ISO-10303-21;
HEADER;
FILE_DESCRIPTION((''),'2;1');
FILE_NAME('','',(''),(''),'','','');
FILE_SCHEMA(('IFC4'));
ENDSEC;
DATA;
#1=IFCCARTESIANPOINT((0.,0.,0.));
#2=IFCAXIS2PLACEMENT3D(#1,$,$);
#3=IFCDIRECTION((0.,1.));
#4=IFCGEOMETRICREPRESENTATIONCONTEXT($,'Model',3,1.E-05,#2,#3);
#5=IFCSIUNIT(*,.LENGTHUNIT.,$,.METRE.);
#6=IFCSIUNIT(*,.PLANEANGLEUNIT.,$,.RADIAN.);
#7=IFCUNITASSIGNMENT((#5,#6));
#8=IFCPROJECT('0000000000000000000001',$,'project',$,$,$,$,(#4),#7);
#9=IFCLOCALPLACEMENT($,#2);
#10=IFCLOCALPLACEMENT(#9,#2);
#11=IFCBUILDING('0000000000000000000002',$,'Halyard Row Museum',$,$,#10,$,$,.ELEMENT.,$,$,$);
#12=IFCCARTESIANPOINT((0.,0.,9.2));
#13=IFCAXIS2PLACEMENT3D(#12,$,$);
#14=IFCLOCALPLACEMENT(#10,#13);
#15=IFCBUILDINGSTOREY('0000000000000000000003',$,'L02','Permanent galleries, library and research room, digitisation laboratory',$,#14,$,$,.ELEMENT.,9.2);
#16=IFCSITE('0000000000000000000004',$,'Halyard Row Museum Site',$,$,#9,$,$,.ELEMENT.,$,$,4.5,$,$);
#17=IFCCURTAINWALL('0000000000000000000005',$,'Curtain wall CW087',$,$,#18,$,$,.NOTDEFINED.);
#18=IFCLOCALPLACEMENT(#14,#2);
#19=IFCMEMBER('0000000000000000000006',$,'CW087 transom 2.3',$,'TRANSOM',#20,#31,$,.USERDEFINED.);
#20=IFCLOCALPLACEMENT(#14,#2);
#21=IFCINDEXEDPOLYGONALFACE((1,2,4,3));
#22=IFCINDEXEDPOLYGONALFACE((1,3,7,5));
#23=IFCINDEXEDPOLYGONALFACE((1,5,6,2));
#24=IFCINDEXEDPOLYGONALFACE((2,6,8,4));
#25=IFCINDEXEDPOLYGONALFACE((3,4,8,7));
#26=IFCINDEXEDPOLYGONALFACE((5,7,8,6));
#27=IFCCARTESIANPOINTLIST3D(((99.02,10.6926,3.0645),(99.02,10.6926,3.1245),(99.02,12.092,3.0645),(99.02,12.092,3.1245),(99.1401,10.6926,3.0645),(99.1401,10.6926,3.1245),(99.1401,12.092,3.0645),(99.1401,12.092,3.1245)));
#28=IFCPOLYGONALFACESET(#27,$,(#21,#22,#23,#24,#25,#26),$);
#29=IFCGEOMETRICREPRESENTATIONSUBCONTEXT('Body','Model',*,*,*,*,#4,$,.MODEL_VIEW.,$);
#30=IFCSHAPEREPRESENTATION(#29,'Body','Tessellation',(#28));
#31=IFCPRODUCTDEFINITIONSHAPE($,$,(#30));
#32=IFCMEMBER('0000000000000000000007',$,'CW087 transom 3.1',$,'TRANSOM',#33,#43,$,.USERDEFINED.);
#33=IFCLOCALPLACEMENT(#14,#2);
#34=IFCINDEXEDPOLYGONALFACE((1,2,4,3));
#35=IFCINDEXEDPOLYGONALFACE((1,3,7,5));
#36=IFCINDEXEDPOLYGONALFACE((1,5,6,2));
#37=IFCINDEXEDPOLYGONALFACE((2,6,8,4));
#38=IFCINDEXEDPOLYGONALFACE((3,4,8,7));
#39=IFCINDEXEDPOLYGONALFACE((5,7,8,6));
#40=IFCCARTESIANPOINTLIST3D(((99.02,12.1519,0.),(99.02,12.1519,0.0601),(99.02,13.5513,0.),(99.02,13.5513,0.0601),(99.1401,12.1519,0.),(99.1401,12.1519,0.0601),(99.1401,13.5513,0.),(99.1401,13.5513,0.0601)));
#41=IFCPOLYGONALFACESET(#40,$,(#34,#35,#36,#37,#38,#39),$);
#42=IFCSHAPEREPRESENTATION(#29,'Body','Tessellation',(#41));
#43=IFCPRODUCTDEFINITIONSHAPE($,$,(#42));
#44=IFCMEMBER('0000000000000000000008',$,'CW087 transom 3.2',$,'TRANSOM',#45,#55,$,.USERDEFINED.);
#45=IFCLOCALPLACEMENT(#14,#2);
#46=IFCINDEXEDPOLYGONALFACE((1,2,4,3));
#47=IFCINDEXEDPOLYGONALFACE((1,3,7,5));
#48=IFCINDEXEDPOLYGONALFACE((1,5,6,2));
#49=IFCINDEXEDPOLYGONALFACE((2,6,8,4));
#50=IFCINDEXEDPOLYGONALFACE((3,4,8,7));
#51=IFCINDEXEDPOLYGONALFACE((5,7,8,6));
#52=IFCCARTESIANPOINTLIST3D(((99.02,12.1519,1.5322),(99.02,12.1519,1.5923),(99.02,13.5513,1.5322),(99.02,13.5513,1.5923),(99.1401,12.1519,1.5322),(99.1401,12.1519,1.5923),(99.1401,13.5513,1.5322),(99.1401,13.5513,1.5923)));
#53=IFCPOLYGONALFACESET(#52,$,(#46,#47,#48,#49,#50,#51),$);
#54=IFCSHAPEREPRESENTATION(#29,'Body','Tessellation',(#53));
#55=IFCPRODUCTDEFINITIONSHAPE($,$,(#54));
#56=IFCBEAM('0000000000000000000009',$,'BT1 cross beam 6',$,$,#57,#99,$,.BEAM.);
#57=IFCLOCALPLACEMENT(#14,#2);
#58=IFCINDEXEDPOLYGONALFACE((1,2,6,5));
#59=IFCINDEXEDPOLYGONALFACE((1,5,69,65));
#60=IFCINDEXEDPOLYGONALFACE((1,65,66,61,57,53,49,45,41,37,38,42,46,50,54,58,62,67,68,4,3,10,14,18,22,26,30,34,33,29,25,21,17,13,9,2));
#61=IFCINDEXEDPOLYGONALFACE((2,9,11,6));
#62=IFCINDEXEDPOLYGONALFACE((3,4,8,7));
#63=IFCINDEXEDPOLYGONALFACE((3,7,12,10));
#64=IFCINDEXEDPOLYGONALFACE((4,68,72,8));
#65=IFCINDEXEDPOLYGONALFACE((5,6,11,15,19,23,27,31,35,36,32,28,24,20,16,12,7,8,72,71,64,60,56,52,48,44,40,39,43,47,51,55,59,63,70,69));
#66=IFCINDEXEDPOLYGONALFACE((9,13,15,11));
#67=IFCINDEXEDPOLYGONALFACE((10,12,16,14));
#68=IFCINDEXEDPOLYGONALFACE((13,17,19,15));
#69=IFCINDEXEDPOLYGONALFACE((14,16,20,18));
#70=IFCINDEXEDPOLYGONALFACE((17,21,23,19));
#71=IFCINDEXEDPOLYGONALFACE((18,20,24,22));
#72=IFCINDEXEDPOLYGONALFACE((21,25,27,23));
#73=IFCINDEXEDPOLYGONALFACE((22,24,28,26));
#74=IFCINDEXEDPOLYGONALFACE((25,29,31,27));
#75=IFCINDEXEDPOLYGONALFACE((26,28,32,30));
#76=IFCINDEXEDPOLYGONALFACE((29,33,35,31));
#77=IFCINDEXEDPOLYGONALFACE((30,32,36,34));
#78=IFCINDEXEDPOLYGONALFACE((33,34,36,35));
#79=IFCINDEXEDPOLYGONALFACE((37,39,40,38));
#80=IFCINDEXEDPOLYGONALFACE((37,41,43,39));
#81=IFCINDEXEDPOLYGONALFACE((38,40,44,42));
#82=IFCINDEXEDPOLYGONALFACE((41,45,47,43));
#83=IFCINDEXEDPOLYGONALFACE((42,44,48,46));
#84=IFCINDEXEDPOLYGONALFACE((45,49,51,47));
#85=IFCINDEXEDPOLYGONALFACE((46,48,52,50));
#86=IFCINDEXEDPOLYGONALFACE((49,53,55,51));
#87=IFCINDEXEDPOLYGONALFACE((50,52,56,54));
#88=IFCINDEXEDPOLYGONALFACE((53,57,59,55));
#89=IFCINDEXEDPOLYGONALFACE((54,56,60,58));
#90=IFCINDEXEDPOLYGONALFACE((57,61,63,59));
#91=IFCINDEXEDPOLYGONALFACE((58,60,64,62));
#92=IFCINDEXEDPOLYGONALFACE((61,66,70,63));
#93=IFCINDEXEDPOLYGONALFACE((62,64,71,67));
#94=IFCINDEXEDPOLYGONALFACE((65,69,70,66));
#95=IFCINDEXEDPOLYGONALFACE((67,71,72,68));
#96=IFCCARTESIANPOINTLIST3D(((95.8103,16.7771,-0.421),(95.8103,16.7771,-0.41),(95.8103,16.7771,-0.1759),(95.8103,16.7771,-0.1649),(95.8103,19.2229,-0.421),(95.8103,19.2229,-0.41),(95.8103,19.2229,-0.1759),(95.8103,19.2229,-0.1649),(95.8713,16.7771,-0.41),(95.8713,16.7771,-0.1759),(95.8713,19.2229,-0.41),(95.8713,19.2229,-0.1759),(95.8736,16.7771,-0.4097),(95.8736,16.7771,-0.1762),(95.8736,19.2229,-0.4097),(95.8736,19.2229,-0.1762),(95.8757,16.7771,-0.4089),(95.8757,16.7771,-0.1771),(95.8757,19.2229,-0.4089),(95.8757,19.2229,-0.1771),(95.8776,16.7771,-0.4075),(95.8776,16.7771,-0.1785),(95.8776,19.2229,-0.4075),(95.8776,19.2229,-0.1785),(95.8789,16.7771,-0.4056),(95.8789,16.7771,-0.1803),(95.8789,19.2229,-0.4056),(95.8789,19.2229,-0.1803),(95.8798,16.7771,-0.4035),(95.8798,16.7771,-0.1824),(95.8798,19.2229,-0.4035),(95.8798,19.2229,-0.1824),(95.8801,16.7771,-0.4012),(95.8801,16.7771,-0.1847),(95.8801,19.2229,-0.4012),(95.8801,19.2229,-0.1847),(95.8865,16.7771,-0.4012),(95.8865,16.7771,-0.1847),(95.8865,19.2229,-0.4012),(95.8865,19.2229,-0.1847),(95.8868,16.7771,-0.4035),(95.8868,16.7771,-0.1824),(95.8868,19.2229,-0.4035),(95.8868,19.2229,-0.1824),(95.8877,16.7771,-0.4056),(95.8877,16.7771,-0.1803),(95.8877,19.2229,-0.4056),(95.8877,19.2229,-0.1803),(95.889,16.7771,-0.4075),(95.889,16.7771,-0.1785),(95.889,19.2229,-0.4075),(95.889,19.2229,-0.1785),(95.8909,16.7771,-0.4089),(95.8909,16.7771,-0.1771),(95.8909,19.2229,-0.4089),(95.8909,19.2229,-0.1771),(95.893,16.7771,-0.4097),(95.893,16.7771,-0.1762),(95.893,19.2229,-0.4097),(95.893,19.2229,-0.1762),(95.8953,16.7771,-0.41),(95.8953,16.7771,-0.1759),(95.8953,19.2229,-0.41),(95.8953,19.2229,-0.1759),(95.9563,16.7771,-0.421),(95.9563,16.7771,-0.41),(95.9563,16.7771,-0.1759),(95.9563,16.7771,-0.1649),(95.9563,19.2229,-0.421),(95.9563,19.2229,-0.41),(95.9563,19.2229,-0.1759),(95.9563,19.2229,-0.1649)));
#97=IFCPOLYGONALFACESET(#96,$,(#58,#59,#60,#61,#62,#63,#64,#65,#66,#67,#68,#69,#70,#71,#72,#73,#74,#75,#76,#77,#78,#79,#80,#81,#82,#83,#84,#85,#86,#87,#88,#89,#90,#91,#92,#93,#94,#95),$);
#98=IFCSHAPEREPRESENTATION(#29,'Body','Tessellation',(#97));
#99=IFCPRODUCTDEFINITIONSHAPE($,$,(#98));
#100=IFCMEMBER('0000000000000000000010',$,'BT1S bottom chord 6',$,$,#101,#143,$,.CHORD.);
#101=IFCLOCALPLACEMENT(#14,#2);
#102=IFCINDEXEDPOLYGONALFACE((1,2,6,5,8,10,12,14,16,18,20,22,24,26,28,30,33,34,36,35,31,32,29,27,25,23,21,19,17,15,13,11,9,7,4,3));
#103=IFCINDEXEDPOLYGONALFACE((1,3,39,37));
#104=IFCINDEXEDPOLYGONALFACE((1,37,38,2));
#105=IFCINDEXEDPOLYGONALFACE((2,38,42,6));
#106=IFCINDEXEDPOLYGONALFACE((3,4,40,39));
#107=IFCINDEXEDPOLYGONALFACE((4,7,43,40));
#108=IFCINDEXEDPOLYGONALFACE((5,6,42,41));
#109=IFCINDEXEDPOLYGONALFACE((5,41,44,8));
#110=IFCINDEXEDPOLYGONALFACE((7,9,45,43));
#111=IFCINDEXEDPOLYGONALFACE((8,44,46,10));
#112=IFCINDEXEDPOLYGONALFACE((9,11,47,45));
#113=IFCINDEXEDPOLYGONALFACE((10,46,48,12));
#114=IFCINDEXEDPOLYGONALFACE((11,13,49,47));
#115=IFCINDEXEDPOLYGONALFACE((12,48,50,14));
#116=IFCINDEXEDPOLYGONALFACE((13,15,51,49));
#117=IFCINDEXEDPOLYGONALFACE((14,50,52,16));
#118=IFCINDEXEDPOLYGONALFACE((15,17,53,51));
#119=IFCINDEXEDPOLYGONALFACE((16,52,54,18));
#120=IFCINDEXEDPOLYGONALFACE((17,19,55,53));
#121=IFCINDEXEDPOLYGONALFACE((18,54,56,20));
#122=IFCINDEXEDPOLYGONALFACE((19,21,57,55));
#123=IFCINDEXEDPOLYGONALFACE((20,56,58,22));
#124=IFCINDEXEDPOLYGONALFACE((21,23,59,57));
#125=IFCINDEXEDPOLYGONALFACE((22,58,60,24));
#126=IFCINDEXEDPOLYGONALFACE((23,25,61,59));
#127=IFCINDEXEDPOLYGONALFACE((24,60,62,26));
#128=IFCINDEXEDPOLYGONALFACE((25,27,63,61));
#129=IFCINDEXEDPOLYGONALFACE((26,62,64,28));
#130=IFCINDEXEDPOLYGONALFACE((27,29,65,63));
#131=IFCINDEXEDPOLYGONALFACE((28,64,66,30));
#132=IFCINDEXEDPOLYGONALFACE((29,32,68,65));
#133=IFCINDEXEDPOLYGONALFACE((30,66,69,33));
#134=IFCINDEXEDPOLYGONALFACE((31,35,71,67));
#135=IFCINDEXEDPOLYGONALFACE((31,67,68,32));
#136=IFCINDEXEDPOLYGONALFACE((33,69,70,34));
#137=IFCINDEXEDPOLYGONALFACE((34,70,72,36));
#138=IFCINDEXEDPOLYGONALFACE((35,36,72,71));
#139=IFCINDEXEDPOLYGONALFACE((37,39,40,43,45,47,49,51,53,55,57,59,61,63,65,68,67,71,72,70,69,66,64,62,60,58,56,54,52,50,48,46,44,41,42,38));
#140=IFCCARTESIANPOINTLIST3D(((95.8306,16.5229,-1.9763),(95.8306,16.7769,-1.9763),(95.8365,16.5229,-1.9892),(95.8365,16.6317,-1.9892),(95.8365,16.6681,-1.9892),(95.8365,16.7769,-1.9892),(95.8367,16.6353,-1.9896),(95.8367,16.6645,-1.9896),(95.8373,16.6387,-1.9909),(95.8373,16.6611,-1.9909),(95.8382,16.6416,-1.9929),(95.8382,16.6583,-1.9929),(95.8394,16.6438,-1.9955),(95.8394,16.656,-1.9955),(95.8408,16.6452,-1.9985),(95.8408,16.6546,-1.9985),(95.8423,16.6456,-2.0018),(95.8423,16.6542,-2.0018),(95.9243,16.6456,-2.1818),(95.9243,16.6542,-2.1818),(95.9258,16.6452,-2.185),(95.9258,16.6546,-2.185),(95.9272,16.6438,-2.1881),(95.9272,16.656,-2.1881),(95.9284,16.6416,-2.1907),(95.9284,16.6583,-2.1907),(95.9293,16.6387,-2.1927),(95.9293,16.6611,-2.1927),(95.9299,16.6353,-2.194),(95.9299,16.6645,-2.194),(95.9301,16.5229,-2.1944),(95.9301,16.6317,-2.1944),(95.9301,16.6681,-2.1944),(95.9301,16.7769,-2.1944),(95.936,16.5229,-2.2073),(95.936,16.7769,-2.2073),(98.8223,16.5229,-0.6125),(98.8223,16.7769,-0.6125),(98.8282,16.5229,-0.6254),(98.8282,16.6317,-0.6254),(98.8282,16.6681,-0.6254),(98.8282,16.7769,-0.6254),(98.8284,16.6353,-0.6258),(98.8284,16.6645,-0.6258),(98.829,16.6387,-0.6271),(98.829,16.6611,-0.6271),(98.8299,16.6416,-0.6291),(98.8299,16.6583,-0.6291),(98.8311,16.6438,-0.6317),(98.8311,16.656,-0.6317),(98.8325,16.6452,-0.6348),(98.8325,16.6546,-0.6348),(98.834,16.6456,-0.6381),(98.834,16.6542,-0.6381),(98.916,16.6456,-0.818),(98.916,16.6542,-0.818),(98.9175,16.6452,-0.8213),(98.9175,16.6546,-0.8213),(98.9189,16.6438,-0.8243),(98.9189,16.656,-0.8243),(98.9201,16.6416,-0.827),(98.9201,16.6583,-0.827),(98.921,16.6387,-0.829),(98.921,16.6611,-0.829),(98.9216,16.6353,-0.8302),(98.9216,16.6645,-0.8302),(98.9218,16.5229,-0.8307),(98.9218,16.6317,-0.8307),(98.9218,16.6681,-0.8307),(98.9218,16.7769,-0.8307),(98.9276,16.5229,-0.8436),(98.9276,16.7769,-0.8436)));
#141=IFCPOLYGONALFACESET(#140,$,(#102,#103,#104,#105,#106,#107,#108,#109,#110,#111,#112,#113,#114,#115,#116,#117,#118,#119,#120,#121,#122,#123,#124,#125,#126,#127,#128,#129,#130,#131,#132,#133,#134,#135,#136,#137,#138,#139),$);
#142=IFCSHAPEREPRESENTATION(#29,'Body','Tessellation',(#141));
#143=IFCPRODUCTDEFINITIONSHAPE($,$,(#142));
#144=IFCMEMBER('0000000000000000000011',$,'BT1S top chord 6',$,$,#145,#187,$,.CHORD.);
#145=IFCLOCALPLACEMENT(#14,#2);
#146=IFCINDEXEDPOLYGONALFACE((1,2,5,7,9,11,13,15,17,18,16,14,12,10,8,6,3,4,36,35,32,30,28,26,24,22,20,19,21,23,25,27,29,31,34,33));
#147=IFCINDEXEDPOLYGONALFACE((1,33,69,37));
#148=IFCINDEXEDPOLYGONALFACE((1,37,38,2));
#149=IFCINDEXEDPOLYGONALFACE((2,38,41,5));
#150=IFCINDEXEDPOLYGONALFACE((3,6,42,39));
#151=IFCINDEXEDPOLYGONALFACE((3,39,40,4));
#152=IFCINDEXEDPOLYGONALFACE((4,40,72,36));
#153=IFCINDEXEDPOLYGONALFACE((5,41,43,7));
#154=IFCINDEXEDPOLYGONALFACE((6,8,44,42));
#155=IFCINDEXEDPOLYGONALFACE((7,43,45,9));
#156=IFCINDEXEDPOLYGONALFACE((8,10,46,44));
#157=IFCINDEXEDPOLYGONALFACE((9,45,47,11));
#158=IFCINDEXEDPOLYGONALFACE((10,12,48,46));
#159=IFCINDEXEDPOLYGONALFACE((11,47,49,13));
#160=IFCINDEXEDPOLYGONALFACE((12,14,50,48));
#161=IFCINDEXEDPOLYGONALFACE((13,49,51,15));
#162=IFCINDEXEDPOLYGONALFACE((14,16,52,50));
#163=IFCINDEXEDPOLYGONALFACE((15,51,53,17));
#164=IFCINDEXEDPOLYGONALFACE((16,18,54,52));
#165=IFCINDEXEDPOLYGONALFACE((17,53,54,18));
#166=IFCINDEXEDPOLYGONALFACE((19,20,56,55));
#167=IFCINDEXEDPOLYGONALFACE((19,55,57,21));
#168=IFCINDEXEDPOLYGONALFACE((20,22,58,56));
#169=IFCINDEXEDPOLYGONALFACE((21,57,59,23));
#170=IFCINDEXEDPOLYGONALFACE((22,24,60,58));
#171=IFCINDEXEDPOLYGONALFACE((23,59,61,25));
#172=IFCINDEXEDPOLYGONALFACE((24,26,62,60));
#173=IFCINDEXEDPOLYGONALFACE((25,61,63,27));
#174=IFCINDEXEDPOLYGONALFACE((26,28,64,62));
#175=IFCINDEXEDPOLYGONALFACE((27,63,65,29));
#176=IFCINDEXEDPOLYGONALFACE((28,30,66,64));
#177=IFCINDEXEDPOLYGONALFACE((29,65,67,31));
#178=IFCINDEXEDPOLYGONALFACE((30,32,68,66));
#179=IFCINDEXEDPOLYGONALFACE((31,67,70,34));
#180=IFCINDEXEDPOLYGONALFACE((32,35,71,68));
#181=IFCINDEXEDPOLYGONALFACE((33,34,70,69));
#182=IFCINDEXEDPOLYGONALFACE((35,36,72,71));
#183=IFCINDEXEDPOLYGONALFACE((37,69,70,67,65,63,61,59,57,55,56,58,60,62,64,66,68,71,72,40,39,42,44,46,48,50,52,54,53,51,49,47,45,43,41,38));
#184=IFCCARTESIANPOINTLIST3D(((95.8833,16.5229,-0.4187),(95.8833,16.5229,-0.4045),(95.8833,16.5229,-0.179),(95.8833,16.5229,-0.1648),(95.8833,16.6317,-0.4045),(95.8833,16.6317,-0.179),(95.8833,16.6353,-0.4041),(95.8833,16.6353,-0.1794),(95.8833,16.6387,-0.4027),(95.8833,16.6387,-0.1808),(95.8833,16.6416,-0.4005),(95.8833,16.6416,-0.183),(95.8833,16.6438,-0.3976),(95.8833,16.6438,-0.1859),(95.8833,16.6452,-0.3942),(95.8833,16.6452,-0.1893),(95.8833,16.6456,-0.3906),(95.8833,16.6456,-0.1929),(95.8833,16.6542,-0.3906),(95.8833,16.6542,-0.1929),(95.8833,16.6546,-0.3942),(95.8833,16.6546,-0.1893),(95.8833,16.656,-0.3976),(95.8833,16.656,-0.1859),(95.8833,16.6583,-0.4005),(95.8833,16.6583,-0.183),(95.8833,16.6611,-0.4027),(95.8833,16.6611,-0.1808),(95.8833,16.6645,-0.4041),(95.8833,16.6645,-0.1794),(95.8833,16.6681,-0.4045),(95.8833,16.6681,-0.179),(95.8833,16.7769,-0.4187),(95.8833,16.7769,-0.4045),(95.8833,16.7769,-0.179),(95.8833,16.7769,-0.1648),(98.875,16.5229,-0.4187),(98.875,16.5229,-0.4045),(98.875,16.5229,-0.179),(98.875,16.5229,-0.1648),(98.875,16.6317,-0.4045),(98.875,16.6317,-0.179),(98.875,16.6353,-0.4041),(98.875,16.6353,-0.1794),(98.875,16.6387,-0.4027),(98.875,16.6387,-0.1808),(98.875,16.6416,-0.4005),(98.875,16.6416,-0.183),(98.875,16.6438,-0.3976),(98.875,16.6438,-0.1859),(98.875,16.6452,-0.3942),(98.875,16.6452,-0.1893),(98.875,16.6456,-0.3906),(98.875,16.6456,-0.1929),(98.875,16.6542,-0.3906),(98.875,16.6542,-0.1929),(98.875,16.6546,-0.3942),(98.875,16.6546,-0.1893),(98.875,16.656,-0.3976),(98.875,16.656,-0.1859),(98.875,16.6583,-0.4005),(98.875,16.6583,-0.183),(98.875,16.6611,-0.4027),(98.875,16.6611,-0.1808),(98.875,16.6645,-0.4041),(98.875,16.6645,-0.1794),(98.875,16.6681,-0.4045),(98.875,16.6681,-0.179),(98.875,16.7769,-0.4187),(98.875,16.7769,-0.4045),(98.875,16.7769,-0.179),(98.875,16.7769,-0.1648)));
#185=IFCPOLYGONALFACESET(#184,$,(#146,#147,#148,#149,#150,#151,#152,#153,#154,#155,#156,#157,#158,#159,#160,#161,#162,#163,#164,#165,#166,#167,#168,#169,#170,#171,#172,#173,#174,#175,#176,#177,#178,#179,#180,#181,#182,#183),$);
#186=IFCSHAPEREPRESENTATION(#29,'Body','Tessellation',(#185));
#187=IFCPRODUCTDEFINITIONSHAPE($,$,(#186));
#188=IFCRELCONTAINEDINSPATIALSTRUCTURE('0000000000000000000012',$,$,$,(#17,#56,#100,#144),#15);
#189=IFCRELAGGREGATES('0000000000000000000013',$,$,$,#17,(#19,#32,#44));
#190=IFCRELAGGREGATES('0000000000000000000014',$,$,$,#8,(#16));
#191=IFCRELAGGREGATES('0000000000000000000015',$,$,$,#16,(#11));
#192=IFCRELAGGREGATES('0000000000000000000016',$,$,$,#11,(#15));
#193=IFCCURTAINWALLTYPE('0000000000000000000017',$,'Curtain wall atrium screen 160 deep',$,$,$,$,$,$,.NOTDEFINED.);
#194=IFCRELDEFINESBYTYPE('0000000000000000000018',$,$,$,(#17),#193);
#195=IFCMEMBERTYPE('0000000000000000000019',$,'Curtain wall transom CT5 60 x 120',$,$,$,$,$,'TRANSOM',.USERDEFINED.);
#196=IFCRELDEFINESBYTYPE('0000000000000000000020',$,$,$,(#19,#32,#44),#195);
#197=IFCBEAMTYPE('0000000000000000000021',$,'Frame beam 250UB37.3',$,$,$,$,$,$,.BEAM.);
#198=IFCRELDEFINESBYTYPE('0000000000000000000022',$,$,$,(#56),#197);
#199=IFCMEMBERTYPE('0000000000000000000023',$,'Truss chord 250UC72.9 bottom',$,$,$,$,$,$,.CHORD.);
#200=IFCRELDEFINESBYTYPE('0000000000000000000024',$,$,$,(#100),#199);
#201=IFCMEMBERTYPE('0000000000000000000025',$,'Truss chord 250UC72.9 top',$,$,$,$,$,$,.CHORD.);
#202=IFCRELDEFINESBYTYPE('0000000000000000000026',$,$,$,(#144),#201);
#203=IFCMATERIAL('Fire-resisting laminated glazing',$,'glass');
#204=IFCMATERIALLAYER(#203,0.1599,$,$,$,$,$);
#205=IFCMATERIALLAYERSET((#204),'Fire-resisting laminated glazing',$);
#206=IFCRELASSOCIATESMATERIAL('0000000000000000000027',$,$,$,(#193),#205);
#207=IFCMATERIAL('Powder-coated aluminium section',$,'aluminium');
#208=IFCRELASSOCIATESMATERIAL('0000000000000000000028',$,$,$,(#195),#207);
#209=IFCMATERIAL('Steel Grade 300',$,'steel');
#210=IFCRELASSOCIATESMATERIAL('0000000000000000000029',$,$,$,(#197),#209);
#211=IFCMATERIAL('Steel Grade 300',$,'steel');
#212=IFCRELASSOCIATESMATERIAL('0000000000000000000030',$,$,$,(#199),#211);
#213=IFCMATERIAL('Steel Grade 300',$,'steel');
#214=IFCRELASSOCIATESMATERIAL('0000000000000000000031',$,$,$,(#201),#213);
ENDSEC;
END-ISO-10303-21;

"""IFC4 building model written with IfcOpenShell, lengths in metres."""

from ifc_helpers import new_model, si_unit, direction, frame, origin, origin_2d, place, context, subcontext, project, spatial, rectangle, i_section, extrude, material, layer, layer_set, material_profile, profile_set, type_object, element, aggregate, save


model = new_model("IFC4")

# Units and contexts
model_context = context("Model", 3, precision=1e-05, world=origin(), true_north=direction((0.0, 1.0)))
body_context = subcontext(model_context, "Body", "Model", "MODEL_VIEW")
ifc_project = project(units=[si_unit("LENGTHUNIT", "METRE"), si_unit("PLANEANGLEUNIT", "RADIAN")], contexts=[model_context])

# Site, building, storey
site_placement = place(None, origin())
site = spatial("IfcSite", under=ifc_project, at=site_placement, Name="Halyard Row Museum Site", CompositionType="ELEMENT", RefElevation=4.5)
building_placement = place(site_placement, origin())
building = spatial("IfcBuilding", under=site, at=building_placement, Name="Halyard Row Museum", CompositionType="ELEMENT")
storey_placement = place(building_placement, frame((0.0, 0.0, 9.2)))
storey = spatial("IfcBuildingStorey", under=building, at=storey_placement, Name="L02", Description="Permanent galleries, library and research room, digitisation laboratory", CompositionType="ELEMENT", Elevation=9.2)

# Curtain wall, members
ifc_material_1 = material(Name="Fire-resisting laminated glazing", Category="glass")
ifc_layer_1 = layer(ifc_material_1, 0.1599)
ifc_layer_set_1 = layer_set([ifc_layer_1], Name="Fire-resisting laminated glazing")
curtain_wall_type = type_object("IfcCurtainWallType", Name="Curtain wall atrium screen 160 deep", PredefinedType="NOTDEFINED", material=ifc_layer_set_1)
curtain_wall_placement = place(storey_placement, origin())
curtain_wall = element("IfcCurtainWall", 1, at=curtain_wall_placement, inside=storey, type_object=curtain_wall_type, Name="Curtain wall CW087", PredefinedType="NOTDEFINED")
ifc_material_2 = material(Name="Powder-coated aluminium section", Category="aluminium")
ifc_material_profile_1 = material_profile(ifc_material_2, rectangle(XDim=0.1201, YDim=0.0601, at=origin_2d()), Name="120x60 transom")
ifc_profile_set_1 = profile_set([ifc_material_profile_1], Name="Powder-coated aluminium section")
member_type_1 = type_object("IfcMemberType", Name="Curtain wall transom CT5 60 x 120", ElementType="TRANSOM", PredefinedType="USERDEFINED", material=ifc_profile_set_1)
member_1_placement = place(storey_placement, frame((99.0801, 10.6926, 3.0945), z_axis=(0.0, 1.0, 0.0), x_axis=(-1.0, 0.0, 0.0)))
member_1 = element("IfcMember", 2, at=member_1_placement, type_object=member_type_1, Name="CW087 transom 2.3", ObjectType="TRANSOM", PredefinedType="USERDEFINED", context=body_context, shape_type="SweptSolid", body=[
    extrude(rectangle(XDim=0.1201, YDim=0.0601, at=origin_2d()), origin(), (0.0, 0.0, 1.0), 1.3994),
])
member_2_placement = place(storey_placement, frame((99.0801, 12.1519, 0.03), z_axis=(0.0, 1.0, 0.0), x_axis=(-1.0, 0.0, 0.0)))
member_2 = element("IfcMember", 3, at=member_2_placement, type_object=member_type_1, Name="CW087 transom 3.1", ObjectType="TRANSOM", PredefinedType="USERDEFINED", context=body_context, shape_type="SweptSolid", body=[
    extrude(rectangle(XDim=0.1201, YDim=0.0601, at=origin_2d()), origin(), (0.0, 0.0, 1.0), 1.3994),
])
member_3_placement = place(storey_placement, frame((99.0801, 12.1519, 1.5623), z_axis=(0.0, 1.0, 0.0), x_axis=(-1.0, 0.0, 0.0)))
member_3 = element("IfcMember", 4, at=member_3_placement, type_object=member_type_1, Name="CW087 transom 3.2", ObjectType="TRANSOM", PredefinedType="USERDEFINED", context=body_context, shape_type="SweptSolid", body=[
    extrude(rectangle(XDim=0.1201, YDim=0.0601, at=origin_2d()), origin(), (0.0, 0.0, 1.0), 1.3994),
])

# Beam
ifc_material_3 = material(Name="Steel Grade 300", Category="steel")
ifc_material_profile_2 = material_profile(ifc_material_3, i_section(OverallWidth=0.146, OverallDepth=0.2561, WebThickness=0.0063, FlangeThickness=0.011, FilletRadius=0.0088, at=origin_2d()), Name="250UB37.3")
ifc_profile_set_2 = profile_set([ifc_material_profile_2], Name="Steel Grade 300")
beam_type_1 = type_object("IfcBeamType", Name="Frame beam 250UB37.3", PredefinedType="BEAM", material=ifc_profile_set_2)
beam_1_placement = place(storey_placement, frame((95.8833, 16.7771, -0.293), z_axis=(0.0, 1.0, 0.0), x_axis=(-1.0, 0.0, 0.0)))
element("IfcBeam", 5, at=beam_1_placement, inside=storey, type_object=beam_type_1, Name="BT1 cross beam 6", PredefinedType="BEAM", context=body_context, shape_type="SweptSolid", body=[
    extrude(i_section(OverallWidth=0.146, OverallDepth=0.2561, WebThickness=0.0063, FlangeThickness=0.011, FilletRadius=0.0088, at=origin_2d()), origin(), (0.0, 0.0, 1.0), 2.4458),
])

# Members
ifc_material_4 = material(Name="Steel Grade 300", Category="steel")
ifc_material_profile_3 = material_profile(ifc_material_4, i_section(OverallWidth=0.2539, OverallDepth=0.2539, WebThickness=0.0085, FlangeThickness=0.0142, FilletRadius=0.0139, at=origin_2d()), Name="250UC72.9")
ifc_profile_set_3 = profile_set([ifc_material_profile_3], Name="Steel Grade 300")
member_type_2 = type_object("IfcMemberType", Name="Truss chord 250UC72.9 bottom", PredefinedType="CHORD", material=ifc_profile_set_3)
member_4_placement = place(storey_placement, frame((95.8833, 16.6499, -2.0918), z_axis=(0.909918, 0.0, 0.414787), x_axis=(0.0, 1.0, 0.0)))
element("IfcMember", 6, at=member_4_placement, inside=storey, type_object=member_type_2, Name="BT1S bottom chord 6", PredefinedType="CHORD", context=body_context, shape_type="SweptSolid", body=[
    extrude(i_section(OverallWidth=0.2539, OverallDepth=0.2539, WebThickness=0.0085, FlangeThickness=0.0142, FilletRadius=0.0139, at=origin_2d()), origin(), (0.0, 0.0, 1.0), 3.2878),
])
ifc_material_5 = material(Name="Steel Grade 300", Category="steel")
ifc_material_profile_4 = material_profile(ifc_material_5, i_section(OverallWidth=0.2539, OverallDepth=0.2539, WebThickness=0.0085, FlangeThickness=0.0142, FilletRadius=0.0139, at=origin_2d()), Name="250UC72.9")
ifc_profile_set_4 = profile_set([ifc_material_profile_4], Name="Steel Grade 300")
member_type_3 = type_object("IfcMemberType", Name="Truss chord 250UC72.9 top", PredefinedType="CHORD", material=ifc_profile_set_4)
member_5_placement = place(storey_placement, frame((95.8833, 16.6499, -0.2917), z_axis=(1.0, 0.0, 0.0), x_axis=(0.0, 1.0, 0.0)))
element("IfcMember", 7, at=member_5_placement, inside=storey, type_object=member_type_3, Name="BT1S top chord 6", PredefinedType="CHORD", context=body_context, shape_type="SweptSolid", body=[
    extrude(i_section(OverallWidth=0.2539, OverallDepth=0.2539, WebThickness=0.0085, FlangeThickness=0.0142, FilletRadius=0.0139, at=origin_2d()), origin(), (0.0, 0.0, 1.0), 2.9917),
])

aggregate(curtain_wall, [member_1, member_2, member_3])

save(model, "model.ifc")
